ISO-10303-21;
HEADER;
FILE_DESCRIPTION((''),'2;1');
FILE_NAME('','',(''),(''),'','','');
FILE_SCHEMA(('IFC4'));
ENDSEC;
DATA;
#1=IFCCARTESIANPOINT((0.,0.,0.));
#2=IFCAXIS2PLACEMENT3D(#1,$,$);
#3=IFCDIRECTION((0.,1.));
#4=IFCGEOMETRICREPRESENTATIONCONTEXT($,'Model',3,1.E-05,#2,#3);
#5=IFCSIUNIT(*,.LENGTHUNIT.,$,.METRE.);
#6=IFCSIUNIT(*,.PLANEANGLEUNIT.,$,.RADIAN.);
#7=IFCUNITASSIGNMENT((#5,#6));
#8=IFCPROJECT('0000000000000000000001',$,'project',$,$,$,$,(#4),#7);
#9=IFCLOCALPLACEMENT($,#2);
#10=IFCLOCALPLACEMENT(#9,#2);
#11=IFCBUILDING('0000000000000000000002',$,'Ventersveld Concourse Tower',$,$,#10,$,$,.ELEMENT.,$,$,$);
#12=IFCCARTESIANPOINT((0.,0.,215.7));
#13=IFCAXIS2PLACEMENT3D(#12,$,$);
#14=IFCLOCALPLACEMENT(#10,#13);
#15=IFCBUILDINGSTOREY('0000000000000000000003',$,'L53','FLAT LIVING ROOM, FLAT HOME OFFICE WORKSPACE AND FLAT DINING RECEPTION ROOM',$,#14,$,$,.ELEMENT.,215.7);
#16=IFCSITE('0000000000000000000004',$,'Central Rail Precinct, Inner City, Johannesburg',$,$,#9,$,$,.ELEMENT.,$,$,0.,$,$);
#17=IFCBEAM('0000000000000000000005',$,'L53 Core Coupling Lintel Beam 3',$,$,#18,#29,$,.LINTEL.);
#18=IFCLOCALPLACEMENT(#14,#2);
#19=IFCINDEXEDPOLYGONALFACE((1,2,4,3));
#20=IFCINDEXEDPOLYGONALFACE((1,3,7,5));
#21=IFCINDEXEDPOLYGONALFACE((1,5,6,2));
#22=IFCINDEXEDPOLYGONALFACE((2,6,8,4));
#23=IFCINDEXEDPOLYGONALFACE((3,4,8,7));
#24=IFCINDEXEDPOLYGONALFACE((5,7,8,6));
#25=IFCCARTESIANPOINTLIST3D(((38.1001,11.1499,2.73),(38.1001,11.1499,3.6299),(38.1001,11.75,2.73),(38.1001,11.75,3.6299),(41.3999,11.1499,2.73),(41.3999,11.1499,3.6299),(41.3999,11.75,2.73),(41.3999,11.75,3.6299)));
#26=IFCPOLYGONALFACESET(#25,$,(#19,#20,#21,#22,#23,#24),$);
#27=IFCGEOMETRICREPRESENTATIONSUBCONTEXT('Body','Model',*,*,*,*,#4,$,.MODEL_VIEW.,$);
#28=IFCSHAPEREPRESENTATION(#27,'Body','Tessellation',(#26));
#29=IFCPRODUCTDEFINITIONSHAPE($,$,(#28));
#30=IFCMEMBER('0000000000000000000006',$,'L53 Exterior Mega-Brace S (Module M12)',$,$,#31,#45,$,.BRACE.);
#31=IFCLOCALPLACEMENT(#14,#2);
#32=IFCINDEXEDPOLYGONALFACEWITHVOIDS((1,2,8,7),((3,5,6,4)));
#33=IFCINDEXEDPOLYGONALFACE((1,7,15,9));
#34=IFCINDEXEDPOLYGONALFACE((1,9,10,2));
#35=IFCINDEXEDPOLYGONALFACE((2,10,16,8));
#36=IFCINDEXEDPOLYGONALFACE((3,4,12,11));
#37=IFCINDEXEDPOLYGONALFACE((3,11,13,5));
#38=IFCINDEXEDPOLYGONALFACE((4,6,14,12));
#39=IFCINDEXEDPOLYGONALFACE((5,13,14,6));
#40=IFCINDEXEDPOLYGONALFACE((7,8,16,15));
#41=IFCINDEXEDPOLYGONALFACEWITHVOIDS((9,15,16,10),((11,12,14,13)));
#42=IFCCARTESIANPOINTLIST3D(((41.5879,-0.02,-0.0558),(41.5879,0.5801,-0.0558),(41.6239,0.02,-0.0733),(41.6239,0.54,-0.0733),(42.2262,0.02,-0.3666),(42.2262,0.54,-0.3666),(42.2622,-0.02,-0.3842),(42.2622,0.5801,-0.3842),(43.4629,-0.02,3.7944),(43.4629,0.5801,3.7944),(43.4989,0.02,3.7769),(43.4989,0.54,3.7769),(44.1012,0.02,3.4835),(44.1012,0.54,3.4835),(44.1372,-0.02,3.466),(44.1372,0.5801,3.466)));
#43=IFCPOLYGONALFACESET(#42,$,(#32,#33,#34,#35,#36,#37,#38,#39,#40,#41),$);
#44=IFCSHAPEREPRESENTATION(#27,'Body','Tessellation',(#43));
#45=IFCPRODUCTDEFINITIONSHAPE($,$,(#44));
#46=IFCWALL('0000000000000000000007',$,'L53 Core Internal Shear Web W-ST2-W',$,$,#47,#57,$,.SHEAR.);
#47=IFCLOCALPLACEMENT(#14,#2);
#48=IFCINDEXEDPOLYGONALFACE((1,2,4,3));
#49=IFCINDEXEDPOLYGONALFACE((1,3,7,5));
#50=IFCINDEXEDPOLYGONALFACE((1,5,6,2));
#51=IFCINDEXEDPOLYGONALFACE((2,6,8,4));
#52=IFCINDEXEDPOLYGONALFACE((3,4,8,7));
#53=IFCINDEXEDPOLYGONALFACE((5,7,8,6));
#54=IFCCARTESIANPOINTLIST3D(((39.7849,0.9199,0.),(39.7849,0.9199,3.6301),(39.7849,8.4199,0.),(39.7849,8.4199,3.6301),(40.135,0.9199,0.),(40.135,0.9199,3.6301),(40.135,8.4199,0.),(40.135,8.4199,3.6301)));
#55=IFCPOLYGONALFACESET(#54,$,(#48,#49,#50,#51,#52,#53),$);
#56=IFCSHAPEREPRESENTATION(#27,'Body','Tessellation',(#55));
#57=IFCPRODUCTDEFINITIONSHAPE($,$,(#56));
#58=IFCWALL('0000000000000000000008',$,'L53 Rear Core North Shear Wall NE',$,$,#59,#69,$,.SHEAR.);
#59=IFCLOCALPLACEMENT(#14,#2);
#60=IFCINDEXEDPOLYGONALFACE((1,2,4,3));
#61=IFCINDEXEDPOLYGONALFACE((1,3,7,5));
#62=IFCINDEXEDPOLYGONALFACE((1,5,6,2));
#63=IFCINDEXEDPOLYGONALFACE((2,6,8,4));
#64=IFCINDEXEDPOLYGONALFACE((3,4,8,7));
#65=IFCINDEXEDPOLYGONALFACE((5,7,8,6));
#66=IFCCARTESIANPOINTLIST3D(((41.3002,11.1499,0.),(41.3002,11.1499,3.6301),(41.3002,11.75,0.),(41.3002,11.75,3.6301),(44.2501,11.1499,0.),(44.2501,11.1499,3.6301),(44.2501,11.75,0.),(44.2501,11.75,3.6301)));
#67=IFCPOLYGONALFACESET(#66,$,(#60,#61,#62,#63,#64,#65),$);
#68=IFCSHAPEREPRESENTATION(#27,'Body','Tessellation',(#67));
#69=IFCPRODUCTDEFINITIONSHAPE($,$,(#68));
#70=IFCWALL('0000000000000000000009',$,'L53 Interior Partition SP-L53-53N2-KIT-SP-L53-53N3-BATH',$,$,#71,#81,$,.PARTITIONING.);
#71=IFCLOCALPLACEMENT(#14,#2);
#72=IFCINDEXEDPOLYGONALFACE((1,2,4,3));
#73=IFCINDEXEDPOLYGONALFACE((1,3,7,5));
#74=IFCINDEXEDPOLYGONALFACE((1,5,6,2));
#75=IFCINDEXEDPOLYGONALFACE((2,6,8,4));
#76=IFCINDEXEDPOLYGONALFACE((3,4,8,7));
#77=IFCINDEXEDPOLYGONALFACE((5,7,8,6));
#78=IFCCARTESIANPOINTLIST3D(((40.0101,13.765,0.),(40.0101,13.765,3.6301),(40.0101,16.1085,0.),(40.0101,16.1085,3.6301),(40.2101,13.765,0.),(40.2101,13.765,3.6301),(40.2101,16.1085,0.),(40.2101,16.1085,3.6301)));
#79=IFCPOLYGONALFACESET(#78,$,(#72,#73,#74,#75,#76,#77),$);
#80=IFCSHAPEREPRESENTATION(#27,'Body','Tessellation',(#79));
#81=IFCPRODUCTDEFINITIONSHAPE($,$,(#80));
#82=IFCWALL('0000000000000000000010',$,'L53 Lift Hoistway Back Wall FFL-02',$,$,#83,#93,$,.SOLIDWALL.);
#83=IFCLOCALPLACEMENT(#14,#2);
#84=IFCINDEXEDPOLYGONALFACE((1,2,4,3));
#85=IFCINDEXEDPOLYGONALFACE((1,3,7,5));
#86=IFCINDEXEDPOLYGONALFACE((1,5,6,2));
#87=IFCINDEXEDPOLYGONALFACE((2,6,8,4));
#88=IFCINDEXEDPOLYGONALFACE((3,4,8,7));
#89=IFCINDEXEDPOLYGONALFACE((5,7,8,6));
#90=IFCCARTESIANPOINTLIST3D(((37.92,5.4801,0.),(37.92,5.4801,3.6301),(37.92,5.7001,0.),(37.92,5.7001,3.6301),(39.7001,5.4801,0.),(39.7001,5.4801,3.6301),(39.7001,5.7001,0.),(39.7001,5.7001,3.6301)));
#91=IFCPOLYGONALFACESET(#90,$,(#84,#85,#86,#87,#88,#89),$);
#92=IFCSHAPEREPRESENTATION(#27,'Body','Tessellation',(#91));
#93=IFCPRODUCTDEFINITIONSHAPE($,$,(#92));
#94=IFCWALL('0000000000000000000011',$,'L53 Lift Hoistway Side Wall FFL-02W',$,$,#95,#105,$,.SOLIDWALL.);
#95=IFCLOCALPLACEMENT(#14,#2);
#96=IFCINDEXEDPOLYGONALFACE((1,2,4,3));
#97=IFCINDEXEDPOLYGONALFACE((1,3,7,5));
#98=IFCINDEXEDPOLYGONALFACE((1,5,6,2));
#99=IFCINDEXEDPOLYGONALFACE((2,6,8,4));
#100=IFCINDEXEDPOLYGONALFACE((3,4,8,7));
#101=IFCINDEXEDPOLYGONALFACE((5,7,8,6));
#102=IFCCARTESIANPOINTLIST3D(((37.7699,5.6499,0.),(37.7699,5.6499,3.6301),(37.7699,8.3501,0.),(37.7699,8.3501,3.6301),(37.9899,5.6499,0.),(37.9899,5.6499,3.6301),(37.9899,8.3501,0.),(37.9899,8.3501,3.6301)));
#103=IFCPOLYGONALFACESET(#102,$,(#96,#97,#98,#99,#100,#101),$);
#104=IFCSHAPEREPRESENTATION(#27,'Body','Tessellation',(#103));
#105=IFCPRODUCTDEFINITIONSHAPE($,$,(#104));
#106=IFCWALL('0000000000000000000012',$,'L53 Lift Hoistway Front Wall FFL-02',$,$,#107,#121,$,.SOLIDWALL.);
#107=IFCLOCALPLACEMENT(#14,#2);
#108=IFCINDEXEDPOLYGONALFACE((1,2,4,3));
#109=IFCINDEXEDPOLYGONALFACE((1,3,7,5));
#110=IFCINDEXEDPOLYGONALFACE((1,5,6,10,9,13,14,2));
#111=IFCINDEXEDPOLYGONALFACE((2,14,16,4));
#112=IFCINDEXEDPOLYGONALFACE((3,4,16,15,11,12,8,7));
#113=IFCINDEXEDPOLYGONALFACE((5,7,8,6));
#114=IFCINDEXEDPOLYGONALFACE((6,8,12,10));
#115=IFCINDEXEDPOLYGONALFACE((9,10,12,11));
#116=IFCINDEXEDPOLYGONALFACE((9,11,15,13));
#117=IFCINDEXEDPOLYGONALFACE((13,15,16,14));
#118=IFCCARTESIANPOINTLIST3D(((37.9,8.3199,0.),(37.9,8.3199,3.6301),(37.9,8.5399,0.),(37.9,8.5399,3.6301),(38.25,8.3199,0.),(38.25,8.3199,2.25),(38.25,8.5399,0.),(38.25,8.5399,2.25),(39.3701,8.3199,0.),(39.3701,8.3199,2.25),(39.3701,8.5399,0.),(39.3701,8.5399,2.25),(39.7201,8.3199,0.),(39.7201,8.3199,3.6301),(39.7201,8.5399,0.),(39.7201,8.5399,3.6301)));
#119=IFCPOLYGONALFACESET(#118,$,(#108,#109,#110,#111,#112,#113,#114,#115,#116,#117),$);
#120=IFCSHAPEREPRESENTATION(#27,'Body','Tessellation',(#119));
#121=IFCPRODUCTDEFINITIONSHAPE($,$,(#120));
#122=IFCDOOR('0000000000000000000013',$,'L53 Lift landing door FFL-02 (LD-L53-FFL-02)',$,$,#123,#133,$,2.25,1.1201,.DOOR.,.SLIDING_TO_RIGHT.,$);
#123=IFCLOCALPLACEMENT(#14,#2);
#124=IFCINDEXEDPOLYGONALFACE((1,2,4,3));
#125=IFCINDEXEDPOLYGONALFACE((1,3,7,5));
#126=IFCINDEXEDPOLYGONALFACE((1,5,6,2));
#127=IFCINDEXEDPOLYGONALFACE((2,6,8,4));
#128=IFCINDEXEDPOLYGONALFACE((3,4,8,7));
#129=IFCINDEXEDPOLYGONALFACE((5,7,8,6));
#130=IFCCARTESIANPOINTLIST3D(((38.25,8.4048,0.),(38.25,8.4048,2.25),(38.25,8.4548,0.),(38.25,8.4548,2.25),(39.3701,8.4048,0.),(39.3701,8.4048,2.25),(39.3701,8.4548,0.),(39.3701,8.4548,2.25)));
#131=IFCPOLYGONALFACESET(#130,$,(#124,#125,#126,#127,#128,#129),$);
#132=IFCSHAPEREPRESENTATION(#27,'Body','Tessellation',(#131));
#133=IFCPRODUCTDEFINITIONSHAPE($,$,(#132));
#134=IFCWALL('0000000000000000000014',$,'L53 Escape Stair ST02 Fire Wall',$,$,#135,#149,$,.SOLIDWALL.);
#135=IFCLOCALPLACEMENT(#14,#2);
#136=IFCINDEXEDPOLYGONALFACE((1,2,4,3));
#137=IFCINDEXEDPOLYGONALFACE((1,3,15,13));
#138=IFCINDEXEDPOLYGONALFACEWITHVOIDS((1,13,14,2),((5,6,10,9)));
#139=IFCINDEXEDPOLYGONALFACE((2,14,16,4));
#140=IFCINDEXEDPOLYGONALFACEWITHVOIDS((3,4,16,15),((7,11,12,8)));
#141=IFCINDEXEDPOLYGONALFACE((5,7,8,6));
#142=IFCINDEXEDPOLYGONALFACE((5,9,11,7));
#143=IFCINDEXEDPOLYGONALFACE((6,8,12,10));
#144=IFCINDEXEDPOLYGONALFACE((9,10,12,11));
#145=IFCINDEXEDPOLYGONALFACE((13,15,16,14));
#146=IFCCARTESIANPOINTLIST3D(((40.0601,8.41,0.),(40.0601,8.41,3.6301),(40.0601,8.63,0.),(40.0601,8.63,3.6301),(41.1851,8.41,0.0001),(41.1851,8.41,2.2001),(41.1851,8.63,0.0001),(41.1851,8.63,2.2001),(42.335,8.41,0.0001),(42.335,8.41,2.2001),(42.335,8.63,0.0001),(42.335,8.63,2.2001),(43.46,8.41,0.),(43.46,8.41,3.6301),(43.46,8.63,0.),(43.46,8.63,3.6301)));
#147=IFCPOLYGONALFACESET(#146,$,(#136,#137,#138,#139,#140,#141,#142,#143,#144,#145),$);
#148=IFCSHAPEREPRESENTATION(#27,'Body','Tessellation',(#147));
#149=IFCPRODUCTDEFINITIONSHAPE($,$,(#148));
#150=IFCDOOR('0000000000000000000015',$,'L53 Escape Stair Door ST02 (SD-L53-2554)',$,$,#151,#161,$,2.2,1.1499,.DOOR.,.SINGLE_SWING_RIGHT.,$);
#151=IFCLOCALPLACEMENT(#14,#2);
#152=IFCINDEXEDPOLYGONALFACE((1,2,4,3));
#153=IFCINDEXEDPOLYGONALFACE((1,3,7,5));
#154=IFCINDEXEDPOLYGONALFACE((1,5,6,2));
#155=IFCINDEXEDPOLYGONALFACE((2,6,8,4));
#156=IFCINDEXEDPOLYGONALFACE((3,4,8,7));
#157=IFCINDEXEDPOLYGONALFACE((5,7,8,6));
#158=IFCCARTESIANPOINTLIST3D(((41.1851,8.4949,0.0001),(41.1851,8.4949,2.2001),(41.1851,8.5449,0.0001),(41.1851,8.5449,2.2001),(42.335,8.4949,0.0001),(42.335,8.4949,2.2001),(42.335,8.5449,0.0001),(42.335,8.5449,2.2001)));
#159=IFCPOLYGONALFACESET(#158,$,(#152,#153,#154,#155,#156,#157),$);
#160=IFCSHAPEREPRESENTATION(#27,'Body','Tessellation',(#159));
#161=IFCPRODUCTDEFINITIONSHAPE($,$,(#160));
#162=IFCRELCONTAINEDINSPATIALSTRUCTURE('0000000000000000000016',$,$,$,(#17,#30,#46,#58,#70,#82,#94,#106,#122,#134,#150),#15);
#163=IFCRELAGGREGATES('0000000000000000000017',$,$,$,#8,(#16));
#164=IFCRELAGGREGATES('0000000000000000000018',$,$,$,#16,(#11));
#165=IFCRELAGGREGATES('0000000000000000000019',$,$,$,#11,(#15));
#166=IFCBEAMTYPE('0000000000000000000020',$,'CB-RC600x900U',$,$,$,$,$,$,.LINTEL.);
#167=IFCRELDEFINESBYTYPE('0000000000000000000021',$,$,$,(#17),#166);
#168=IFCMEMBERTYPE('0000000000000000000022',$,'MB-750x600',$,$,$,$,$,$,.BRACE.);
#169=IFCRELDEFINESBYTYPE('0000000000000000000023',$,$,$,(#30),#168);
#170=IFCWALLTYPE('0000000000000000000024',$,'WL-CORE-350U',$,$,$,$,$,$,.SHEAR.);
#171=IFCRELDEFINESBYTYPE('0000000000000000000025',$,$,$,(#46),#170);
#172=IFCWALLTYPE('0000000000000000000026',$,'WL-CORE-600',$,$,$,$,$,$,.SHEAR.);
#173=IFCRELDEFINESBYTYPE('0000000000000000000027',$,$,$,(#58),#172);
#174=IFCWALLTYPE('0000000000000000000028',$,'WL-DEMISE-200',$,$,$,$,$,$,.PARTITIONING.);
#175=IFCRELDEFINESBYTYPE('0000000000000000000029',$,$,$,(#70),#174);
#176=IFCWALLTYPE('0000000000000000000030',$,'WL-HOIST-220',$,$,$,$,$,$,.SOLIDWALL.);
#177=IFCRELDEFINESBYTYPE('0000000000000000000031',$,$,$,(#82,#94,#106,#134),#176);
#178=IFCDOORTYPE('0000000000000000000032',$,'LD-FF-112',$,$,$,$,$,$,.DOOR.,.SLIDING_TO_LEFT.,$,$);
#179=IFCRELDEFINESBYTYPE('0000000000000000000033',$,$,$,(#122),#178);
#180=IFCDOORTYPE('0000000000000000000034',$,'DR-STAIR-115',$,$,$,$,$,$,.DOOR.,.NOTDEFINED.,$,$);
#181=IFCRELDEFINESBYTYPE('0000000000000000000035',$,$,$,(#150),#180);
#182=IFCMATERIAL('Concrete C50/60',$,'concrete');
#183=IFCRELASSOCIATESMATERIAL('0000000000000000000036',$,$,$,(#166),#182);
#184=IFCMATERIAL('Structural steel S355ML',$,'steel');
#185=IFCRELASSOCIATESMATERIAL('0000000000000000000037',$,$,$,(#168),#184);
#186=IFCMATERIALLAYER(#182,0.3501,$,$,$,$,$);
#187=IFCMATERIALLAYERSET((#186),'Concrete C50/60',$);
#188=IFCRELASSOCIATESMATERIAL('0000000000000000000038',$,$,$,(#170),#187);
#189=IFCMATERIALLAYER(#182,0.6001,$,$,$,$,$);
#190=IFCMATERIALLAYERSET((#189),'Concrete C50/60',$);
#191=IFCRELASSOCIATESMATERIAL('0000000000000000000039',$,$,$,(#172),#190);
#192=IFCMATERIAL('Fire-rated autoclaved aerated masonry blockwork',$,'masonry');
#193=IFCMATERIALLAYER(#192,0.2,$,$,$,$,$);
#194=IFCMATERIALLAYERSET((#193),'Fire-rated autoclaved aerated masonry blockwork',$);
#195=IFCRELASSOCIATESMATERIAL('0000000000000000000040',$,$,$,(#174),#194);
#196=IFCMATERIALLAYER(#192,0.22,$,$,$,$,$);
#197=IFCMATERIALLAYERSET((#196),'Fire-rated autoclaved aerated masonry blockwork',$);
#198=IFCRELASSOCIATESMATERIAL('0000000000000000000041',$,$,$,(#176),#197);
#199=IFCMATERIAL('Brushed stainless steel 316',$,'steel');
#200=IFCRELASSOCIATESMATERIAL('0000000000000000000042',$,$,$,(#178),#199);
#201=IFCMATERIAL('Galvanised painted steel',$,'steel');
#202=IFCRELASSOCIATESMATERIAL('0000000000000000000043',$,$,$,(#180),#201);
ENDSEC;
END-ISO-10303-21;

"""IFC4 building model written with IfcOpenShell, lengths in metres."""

from ifc_helpers import new_model, si_unit, direction, frame, frame_2d, origin, origin_2d, place, context, subcontext, project, spatial, rectangle, hollow_rectangle, extrude, material, layer, layer_set, material_profile, profile_set, type_object, element, fill, save


model = new_model("IFC4")

# Units and contexts
model_context = context("Model", 3, precision=1e-05, world=origin(), true_north=direction((0.0, 1.0)))
body_context = subcontext(model_context, "Body", "Model", "MODEL_VIEW")
ifc_project = project(units=[si_unit("LENGTHUNIT", "METRE"), si_unit("PLANEANGLEUNIT", "RADIAN")], contexts=[model_context])

# Site, building, storey
site_placement = place(None, origin())
site = spatial("IfcSite", under=ifc_project, at=site_placement, Name="Central Rail Precinct, Inner City, Johannesburg", CompositionType="ELEMENT", RefElevation=0.0)
building_placement = place(site_placement, origin())
building = spatial("IfcBuilding", under=site, at=building_placement, Name="Ventersveld Concourse Tower", CompositionType="ELEMENT")
storey_placement = place(building_placement, frame((0.0, 0.0, 215.7)))
storey = spatial("IfcBuildingStorey", under=building, at=storey_placement, Name="L53", Description="FLAT LIVING ROOM, FLAT HOME OFFICE WORKSPACE AND FLAT DINING RECEPTION ROOM", CompositionType="ELEMENT", Elevation=215.7)

# Beam
ifc_material_1 = material(Name="Concrete C50/60", Category="concrete")
ifc_material_profile_1 = material_profile(ifc_material_1, rectangle(XDim=0.6001, YDim=0.8999, at=origin_2d()), Name="RC 600x900")
ifc_profile_set_1 = profile_set([ifc_material_profile_1], Name="Concrete C50/60")
beam_type = type_object("IfcBeamType", Name="CB-RC600x900U", PredefinedType="LINTEL", material=ifc_profile_set_1)
beam_placement = place(storey_placement, frame((38.1001, 11.45, 3.1799), z_axis=(1.0, 0.0, 0.0), x_axis=(0.0, 1.0, 0.0)))
element("IfcBeam", 1, at=beam_placement, inside=storey, type_object=beam_type, Name="L53 Core Coupling Lintel Beam 3", PredefinedType="LINTEL", context=body_context, shape_type="SweptSolid", body=[
    extrude(rectangle(XDim=0.6001, YDim=0.8999, at=origin_2d()), origin(), (0.0, 0.0, 1.0), 3.2998),
])

# Member
ifc_material_2 = material(Name="Structural steel S355ML", Category="steel")
ifc_material_profile_2 = material_profile(ifc_material_2, hollow_rectangle(XDim=0.6001, YDim=0.75, WallThickness=0.04, at=origin_2d()), Name="BOX 750x600x40")
ifc_profile_set_2 = profile_set([ifc_material_profile_2], Name="Structural steel S355ML")
member_type = type_object("IfcMemberType", Name="MB-750x600", PredefinedType="BRACE", material=ifc_profile_set_2)
member_placement = place(storey_placement, frame((41.925, 0.28, -0.22), z_axis=(0.437839, 0.0, 0.899053), x_axis=(0.0, 1.0, 0.0)))
element("IfcMember", 2, at=member_placement, inside=storey, type_object=member_type, Name="L53 Exterior Mega-Brace S (Module M12)", PredefinedType="BRACE", context=body_context, shape_type="SweptSolid", body=[
    extrude(hollow_rectangle(XDim=0.6001, YDim=0.75, WallThickness=0.04, at=origin_2d()), origin(), (0.0, 0.0, 1.0), 4.2825),
])

# Walls
ifc_layer_1 = layer(ifc_material_1, 0.3501)
ifc_layer_set_1 = layer_set([ifc_layer_1], Name="Concrete C50/60")
wall_type_1 = type_object("IfcWallType", Name="WL-CORE-350U", PredefinedType="SHEAR", material=ifc_layer_set_1)
wall_1_placement = place(storey_placement, frame((39.96, 0.9199, 0.0), z_axis=(0.0, 0.0, 1.0), x_axis=(0.0, 1.0, 0.0)))
element("IfcWall", 3, at=wall_1_placement, inside=storey, type_object=wall_type_1, Name="L53 Core Internal Shear Web W-ST2-W", PredefinedType="SHEAR", context=body_context, shape_type="SweptSolid", body=[
    extrude(rectangle(XDim=7.5, YDim=0.3501, at=frame_2d((3.75, 0.0))), origin(), (0.0, 0.0, 1.0), 3.6301),
])
ifc_layer_2 = layer(ifc_material_1, 0.6001)
ifc_layer_set_2 = layer_set([ifc_layer_2], Name="Concrete C50/60")
wall_type_2 = type_object("IfcWallType", Name="WL-CORE-600", PredefinedType="SHEAR", material=ifc_layer_set_2)
wall_2_placement = place(storey_placement, frame((41.3, 11.45, 0.0), z_axis=(0.0, 0.0, 1.0), x_axis=(1.0, 0.0, 0.0)))
element("IfcWall", 4, at=wall_2_placement, inside=storey, type_object=wall_type_2, Name="L53 Rear Core North Shear Wall NE", PredefinedType="SHEAR", context=body_context, shape_type="SweptSolid", body=[
    extrude(rectangle(XDim=2.95, YDim=0.6001, at=frame_2d((1.4751, 0.0))), origin(), (0.0, 0.0, 1.0), 3.6301),
])
ifc_material_3 = material(Name="Fire-rated autoclaved aerated masonry blockwork", Category="masonry")
ifc_layer_3 = layer(ifc_material_3, 0.2)
ifc_layer_set_3 = layer_set([ifc_layer_3], Name="Fire-rated autoclaved aerated masonry blockwork")
wall_type_3 = type_object("IfcWallType", Name="WL-DEMISE-200", PredefinedType="PARTITIONING", material=ifc_layer_set_3)
wall_3_placement = place(storey_placement, frame((40.1101, 13.7649, 0.0), z_axis=(0.0, 0.0, 1.0), x_axis=(0.0, 1.0, 0.0)))
element("IfcWall", 5, at=wall_3_placement, inside=storey, type_object=wall_type_3, Name="L53 Interior Partition SP-L53-53N2-KIT-SP-L53-53N3-BATH", PredefinedType="PARTITIONING", context=body_context, shape_type="SweptSolid", body=[
    extrude(rectangle(XDim=2.3435, YDim=0.2, at=frame_2d((1.1719, 0.0))), origin(), (0.0, 0.0, 1.0), 3.6301),
])
ifc_layer_4 = layer(ifc_material_3, 0.22)
ifc_layer_set_4 = layer_set([ifc_layer_4], Name="Fire-rated autoclaved aerated masonry blockwork")
wall_type_4 = type_object("IfcWallType", Name="WL-HOIST-220", PredefinedType="SOLIDWALL", material=ifc_layer_set_4)
wall_4_placement = place(storey_placement, frame((37.9199, 5.5901, 0.0), z_axis=(0.0, 0.0, 1.0), x_axis=(1.0, 0.0, 0.0)))
element("IfcWall", 6, at=wall_4_placement, inside=storey, type_object=wall_type_4, Name="L53 Lift Hoistway Back Wall FFL-02", PredefinedType="SOLIDWALL", context=body_context, shape_type="SweptSolid", body=[
    extrude(rectangle(XDim=1.78, YDim=0.22, at=frame_2d((0.8901, 0.0))), origin(), (0.0, 0.0, 1.0), 3.6301),
])
wall_5_placement = place(storey_placement, frame((37.8799, 5.6499, 0.0), z_axis=(0.0, 0.0, 1.0), x_axis=(0.0, 1.0, 0.0)))
element("IfcWall", 7, at=wall_5_placement, inside=storey, type_object=wall_type_4, Name="L53 Lift Hoistway Side Wall FFL-02W", PredefinedType="SOLIDWALL", context=body_context, shape_type="SweptSolid", body=[
    extrude(rectangle(XDim=2.7002, YDim=0.22, at=frame_2d((1.3501, 0.0))), origin(), (0.0, 0.0, 1.0), 3.6301),
])

# Walls, openings, doors
wall_6_placement = place(storey_placement, frame((37.8999, 8.4299, 0.0), z_axis=(0.0, 0.0, 1.0), x_axis=(1.0, 0.0, 0.0)))
wall_6 = element("IfcWall", 8, at=wall_6_placement, inside=storey, type_object=wall_type_4, Name="L53 Lift Hoistway Front Wall FFL-02", PredefinedType="SOLIDWALL", context=body_context, shape_type="SweptSolid", body=[
    extrude(rectangle(XDim=1.8201, YDim=0.22, at=frame_2d((0.9102, 0.0))), origin(), (0.0, 0.0, 1.0), 3.6301),
])
opening_1_placement = place(wall_6_placement, frame((0.3501, 0.0, 0.0)))
opening_1 = element("IfcOpeningElement", 9, at=opening_1_placement, cuts=wall_6, PredefinedType="OPENING", context=body_context, shape_type="SweptSolid", body=[
    extrude(rectangle(XDim=1.1201, YDim=2.25, at=frame_2d((0.5601, 1.125))), frame((0.0, 0.1201, 0.0), z_axis=(0.0, -1.0, 0.0), x_axis=(1.0, 0.0, 0.0)), (0.0, 0.0, 1.0), 0.24),
])
ifc_material_4 = material(Name="Brushed stainless steel 316", Category="steel")
door_type_1 = type_object("IfcDoorType", Name="LD-FF-112", OperationType="SLIDING_TO_LEFT", PredefinedType="DOOR", material=ifc_material_4)
door_1_placement = place(opening_1_placement, origin())
door_1 = element("IfcDoor", 10, at=door_1_placement, inside=storey, type_object=door_type_1, Name="L53 Lift landing door FFL-02 (LD-L53-FFL-02)", OperationType="SLIDING_TO_RIGHT", OverallHeight=2.25, OverallWidth=1.1201, PredefinedType="DOOR", context=body_context, shape_type="SweptSolid", body=[
    extrude(rectangle(XDim=1.1201, YDim=2.25, at=frame_2d((0.5601, 1.125))), frame((0.0, 0.0249, 0.0), z_axis=(0.0, -1.0, 0.0), x_axis=(1.0, 0.0, 0.0)), (0.0, 0.0, 1.0), 0.05),
])
fill(opening_1, door_1)
wall_7_placement = place(storey_placement, frame((40.0601, 8.52, 0.0), z_axis=(0.0, 0.0, 1.0), x_axis=(1.0, 0.0, 0.0)))
wall_7 = element("IfcWall", 11, at=wall_7_placement, inside=storey, type_object=wall_type_4, Name="L53 Escape Stair ST02 Fire Wall", PredefinedType="SOLIDWALL", context=body_context, shape_type="SweptSolid", body=[
    extrude(rectangle(XDim=3.3999, YDim=0.22, at=frame_2d((1.7, 0.0))), origin(), (0.0, 0.0, 1.0), 3.6301),
])
opening_2_placement = place(wall_7_placement, frame((1.125, 0.0, 0.0)))
opening_2 = element("IfcOpeningElement", 12, at=opening_2_placement, cuts=wall_7, PredefinedType="OPENING", context=body_context, shape_type="SweptSolid", body=[
    extrude(rectangle(XDim=1.1499, YDim=2.2, at=frame_2d((0.575, 1.1001))), frame((0.0, 0.1201, 0.0), z_axis=(0.0, -1.0, 0.0), x_axis=(1.0, 0.0, 0.0)), (0.0, 0.0, 1.0), 0.24),
])
ifc_material_5 = material(Name="Galvanised painted steel", Category="steel")
door_type_2 = type_object("IfcDoorType", Name="DR-STAIR-115", OperationType="NOTDEFINED", PredefinedType="DOOR", material=ifc_material_5)
door_2_placement = place(opening_2_placement, origin())
door_2 = element("IfcDoor", 13, at=door_2_placement, inside=storey, type_object=door_type_2, Name="L53 Escape Stair Door ST02 (SD-L53-2554)", OperationType="SINGLE_SWING_RIGHT", OverallHeight=2.2, OverallWidth=1.1499, PredefinedType="DOOR", context=body_context, shape_type="SweptSolid", body=[
    extrude(rectangle(XDim=1.1499, YDim=2.2, at=frame_2d((0.575, 1.1001))), frame((0.0, 0.0249, 0.0), z_axis=(0.0, -1.0, 0.0), x_axis=(1.0, 0.0, 0.0)), (0.0, 0.0, 1.0), 0.05),
])
fill(opening_2, door_2)

save(model, "model.ifc")
